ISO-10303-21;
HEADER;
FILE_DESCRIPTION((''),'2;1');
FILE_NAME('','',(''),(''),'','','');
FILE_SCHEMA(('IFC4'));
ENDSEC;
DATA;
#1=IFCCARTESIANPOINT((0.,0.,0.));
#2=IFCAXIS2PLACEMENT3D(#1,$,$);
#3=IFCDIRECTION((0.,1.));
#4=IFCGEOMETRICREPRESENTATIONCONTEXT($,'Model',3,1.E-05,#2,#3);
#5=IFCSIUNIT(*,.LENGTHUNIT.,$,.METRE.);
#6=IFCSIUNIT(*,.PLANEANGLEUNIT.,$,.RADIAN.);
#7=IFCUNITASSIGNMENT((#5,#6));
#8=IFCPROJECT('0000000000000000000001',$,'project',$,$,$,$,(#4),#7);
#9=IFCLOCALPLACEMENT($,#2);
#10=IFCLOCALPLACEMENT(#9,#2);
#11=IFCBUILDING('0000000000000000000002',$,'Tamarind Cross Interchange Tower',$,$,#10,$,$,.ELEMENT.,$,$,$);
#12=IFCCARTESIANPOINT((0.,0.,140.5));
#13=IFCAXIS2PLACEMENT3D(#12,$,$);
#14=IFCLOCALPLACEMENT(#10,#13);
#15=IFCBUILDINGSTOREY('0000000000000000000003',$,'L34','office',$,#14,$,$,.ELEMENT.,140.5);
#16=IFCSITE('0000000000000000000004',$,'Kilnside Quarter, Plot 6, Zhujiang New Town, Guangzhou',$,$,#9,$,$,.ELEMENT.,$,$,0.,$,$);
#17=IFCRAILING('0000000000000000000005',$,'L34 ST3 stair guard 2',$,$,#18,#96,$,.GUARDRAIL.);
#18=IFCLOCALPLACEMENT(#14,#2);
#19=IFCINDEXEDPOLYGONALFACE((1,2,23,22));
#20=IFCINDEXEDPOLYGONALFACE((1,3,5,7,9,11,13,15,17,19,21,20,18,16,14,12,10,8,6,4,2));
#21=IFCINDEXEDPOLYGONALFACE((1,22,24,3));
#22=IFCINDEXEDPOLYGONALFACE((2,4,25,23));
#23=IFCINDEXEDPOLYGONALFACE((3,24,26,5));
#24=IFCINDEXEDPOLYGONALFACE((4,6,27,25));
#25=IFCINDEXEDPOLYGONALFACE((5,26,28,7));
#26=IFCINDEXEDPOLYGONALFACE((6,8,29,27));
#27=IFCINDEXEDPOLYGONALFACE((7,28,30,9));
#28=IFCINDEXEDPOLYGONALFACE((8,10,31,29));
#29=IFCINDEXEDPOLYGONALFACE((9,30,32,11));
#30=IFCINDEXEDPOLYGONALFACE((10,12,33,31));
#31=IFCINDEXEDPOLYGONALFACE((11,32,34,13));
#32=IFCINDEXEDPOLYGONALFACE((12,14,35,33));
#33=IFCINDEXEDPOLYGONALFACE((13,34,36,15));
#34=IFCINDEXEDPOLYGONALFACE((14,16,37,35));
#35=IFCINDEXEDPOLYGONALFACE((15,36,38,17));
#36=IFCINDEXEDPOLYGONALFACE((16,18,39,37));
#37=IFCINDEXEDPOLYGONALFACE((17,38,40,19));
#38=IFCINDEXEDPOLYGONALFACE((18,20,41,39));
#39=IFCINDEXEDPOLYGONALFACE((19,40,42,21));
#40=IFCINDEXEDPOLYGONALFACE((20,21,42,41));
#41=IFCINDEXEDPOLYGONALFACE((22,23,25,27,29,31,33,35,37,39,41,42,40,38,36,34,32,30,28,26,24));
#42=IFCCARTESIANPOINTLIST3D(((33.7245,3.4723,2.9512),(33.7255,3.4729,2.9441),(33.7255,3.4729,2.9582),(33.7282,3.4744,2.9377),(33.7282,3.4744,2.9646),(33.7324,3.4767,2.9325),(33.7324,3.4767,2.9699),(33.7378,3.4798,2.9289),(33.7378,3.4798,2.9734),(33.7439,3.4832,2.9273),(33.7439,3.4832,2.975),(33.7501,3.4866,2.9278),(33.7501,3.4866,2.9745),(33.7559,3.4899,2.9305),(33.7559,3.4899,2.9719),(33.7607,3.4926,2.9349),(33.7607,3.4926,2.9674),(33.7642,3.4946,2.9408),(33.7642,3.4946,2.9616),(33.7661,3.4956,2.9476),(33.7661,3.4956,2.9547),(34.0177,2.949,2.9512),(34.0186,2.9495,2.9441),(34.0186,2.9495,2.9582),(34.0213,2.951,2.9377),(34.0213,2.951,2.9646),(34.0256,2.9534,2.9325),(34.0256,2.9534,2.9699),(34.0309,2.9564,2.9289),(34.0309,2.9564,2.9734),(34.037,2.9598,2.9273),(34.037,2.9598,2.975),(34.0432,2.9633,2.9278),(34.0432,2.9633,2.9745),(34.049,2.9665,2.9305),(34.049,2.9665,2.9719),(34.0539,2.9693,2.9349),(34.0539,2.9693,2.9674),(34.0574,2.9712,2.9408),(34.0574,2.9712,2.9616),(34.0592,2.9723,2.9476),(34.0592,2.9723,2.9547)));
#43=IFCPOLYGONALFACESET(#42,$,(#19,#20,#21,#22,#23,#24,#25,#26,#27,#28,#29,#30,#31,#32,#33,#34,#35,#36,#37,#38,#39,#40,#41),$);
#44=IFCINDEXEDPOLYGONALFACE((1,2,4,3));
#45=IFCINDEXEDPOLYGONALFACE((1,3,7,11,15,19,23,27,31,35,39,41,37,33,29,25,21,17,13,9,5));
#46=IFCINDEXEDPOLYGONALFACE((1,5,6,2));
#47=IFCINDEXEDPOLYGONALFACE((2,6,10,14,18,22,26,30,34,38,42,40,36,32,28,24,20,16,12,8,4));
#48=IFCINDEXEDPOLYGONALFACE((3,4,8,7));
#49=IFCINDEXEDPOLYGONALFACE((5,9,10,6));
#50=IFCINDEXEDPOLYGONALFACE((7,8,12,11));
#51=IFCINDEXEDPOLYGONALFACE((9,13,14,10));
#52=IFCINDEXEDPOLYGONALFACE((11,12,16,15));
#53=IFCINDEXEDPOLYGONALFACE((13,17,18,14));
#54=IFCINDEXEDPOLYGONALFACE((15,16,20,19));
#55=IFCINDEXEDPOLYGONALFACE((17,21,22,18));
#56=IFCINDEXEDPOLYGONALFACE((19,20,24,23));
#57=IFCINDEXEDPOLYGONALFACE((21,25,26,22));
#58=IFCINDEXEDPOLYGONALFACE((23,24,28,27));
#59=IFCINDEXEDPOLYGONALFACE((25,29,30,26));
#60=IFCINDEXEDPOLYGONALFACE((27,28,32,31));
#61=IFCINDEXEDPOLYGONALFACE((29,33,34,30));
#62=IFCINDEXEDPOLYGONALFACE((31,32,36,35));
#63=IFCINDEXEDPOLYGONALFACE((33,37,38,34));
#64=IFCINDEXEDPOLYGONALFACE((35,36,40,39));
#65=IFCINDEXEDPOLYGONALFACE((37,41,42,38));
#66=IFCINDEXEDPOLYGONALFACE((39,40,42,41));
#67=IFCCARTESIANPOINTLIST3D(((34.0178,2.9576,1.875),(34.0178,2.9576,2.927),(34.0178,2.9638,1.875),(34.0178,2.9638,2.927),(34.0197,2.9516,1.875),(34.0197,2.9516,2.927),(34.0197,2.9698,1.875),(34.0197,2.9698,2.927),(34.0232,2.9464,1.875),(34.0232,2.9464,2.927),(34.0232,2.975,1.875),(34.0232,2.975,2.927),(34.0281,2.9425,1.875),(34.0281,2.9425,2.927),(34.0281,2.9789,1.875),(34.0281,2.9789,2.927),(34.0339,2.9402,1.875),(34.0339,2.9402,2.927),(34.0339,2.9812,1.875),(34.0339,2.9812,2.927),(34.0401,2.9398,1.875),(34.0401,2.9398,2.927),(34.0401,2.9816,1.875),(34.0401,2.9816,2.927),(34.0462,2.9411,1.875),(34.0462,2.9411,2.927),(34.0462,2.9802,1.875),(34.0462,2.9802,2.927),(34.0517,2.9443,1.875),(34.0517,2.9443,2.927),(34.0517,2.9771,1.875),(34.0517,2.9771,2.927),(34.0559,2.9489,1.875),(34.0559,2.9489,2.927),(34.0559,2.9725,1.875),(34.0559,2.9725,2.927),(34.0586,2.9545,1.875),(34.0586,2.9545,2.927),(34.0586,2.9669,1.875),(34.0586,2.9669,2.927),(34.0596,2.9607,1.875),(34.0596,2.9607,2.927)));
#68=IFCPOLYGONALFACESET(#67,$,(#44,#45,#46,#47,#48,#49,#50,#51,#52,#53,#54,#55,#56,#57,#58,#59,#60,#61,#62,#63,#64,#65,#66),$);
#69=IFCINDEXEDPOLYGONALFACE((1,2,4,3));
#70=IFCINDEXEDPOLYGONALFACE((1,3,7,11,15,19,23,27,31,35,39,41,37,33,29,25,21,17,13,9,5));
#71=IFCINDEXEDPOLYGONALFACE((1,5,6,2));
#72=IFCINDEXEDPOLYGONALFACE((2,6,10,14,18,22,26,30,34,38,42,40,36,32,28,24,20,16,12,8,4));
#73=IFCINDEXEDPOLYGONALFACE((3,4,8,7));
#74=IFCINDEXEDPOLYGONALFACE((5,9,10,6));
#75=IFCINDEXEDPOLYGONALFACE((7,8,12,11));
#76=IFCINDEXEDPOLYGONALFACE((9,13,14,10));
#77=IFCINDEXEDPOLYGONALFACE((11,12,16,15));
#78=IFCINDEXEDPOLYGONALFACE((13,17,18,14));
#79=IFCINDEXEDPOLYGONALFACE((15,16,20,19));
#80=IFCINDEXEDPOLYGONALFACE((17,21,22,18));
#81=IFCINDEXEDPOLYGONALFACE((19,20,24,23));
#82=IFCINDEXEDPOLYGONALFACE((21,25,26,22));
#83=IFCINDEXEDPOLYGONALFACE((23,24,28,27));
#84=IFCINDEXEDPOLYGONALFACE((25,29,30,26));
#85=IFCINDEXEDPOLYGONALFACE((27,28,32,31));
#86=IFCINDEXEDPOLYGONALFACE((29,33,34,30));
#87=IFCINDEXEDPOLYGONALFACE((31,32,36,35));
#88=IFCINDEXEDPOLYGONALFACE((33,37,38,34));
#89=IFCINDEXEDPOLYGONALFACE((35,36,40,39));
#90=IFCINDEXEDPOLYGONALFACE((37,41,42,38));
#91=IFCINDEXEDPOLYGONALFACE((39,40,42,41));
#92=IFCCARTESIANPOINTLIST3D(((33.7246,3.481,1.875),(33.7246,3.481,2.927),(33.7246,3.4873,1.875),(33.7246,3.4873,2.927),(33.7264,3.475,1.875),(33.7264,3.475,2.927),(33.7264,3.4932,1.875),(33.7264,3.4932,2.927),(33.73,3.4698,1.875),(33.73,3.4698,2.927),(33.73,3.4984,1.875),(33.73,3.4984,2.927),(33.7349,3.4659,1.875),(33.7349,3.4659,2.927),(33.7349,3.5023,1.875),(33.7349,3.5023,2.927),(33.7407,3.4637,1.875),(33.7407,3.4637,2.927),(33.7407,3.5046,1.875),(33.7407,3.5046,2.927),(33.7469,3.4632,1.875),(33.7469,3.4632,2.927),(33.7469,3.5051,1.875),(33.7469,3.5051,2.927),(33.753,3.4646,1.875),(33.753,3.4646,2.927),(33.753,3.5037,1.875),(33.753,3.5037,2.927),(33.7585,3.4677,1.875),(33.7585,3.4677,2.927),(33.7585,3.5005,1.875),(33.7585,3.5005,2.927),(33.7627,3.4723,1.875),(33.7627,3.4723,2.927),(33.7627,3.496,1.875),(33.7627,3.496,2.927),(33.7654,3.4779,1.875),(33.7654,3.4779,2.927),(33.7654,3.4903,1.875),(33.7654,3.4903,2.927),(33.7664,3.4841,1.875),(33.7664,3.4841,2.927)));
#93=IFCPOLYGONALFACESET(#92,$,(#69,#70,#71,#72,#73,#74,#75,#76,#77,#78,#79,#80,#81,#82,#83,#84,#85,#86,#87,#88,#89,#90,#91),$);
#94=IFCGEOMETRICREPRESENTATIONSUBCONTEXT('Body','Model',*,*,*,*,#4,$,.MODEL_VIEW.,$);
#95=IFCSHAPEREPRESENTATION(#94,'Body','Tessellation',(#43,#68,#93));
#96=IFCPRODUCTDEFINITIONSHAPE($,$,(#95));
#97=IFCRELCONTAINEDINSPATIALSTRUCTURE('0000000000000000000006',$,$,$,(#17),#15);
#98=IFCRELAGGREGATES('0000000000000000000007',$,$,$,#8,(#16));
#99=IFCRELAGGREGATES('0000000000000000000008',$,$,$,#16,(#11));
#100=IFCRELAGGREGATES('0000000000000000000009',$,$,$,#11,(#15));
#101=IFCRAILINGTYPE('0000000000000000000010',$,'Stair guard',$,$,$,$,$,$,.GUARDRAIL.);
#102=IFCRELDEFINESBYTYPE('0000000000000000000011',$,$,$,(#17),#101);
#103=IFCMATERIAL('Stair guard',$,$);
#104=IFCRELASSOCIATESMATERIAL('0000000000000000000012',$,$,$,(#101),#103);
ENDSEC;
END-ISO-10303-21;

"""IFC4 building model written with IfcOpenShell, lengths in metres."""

from ifc_helpers import new_model, si_unit, direction, frame, origin, origin_2d, place, context, subcontext, project, spatial, circle, extrude, material, type_object, element, save


model = new_model("IFC4")

# Units and contexts
model_context = context("Model", 3, precision=1e-05, world=origin(), true_north=direction((0.0, 1.0)))
body_context = subcontext(model_context, "Body", "Model", "MODEL_VIEW")
ifc_project = project(units=[si_unit("LENGTHUNIT", "METRE"), si_unit("PLANEANGLEUNIT", "RADIAN")], contexts=[model_context])

# Site, building, storey
site_placement = place(None, origin())
site = spatial("IfcSite", under=ifc_project, at=site_placement, Name="Kilnside Quarter, Plot 6, Zhujiang New Town, Guangzhou", CompositionType="ELEMENT", RefElevation=0.0)
building_placement = place(site_placement, origin())
building = spatial("IfcBuilding", under=site, at=building_placement, Name="Tamarind Cross Interchange Tower", CompositionType="ELEMENT")
storey_placement = place(building_placement, frame((0.0, 0.0, 140.5)))
storey = spatial("IfcBuildingStorey", under=building, at=storey_placement, Name="L34", Description="office", CompositionType="ELEMENT", Elevation=140.5)

# Railing
ifc_material_1 = material(Name="Stair guard")
railing_type_1 = type_object("IfcRailingType", Name="Stair guard", PredefinedType="GUARDRAIL", material=ifc_material_1)
railing_1_placement = place(storey_placement, frame((34.0386, 2.9607, 1.875)))
element("IfcRailing", 1, at=railing_1_placement, inside=storey, type_object=railing_type_1, Name="L34 ST3 stair guard 2", PredefinedType="GUARDRAIL", context=body_context, shape_type="SweptSolid", body=[
    extrude(circle(Radius=0.0239, at=origin_2d()), frame((0.0, 0.0, 1.0762), z_axis=(-0.488715, 0.872444, 0.0), x_axis=(-0.872444, -0.488715, 0.0)), (0.0, 0.0, 1.0), 0.5999),
    extrude(circle(Radius=0.021, at=origin_2d()), origin(), (0.0, 0.0, 1.0), 1.052),
    extrude(circle(Radius=0.021, at=origin_2d()), frame((-0.2932, 0.5234, 0.0)), (0.0, 0.0, 1.0), 1.052),
])

save(model, "model.ifc")
